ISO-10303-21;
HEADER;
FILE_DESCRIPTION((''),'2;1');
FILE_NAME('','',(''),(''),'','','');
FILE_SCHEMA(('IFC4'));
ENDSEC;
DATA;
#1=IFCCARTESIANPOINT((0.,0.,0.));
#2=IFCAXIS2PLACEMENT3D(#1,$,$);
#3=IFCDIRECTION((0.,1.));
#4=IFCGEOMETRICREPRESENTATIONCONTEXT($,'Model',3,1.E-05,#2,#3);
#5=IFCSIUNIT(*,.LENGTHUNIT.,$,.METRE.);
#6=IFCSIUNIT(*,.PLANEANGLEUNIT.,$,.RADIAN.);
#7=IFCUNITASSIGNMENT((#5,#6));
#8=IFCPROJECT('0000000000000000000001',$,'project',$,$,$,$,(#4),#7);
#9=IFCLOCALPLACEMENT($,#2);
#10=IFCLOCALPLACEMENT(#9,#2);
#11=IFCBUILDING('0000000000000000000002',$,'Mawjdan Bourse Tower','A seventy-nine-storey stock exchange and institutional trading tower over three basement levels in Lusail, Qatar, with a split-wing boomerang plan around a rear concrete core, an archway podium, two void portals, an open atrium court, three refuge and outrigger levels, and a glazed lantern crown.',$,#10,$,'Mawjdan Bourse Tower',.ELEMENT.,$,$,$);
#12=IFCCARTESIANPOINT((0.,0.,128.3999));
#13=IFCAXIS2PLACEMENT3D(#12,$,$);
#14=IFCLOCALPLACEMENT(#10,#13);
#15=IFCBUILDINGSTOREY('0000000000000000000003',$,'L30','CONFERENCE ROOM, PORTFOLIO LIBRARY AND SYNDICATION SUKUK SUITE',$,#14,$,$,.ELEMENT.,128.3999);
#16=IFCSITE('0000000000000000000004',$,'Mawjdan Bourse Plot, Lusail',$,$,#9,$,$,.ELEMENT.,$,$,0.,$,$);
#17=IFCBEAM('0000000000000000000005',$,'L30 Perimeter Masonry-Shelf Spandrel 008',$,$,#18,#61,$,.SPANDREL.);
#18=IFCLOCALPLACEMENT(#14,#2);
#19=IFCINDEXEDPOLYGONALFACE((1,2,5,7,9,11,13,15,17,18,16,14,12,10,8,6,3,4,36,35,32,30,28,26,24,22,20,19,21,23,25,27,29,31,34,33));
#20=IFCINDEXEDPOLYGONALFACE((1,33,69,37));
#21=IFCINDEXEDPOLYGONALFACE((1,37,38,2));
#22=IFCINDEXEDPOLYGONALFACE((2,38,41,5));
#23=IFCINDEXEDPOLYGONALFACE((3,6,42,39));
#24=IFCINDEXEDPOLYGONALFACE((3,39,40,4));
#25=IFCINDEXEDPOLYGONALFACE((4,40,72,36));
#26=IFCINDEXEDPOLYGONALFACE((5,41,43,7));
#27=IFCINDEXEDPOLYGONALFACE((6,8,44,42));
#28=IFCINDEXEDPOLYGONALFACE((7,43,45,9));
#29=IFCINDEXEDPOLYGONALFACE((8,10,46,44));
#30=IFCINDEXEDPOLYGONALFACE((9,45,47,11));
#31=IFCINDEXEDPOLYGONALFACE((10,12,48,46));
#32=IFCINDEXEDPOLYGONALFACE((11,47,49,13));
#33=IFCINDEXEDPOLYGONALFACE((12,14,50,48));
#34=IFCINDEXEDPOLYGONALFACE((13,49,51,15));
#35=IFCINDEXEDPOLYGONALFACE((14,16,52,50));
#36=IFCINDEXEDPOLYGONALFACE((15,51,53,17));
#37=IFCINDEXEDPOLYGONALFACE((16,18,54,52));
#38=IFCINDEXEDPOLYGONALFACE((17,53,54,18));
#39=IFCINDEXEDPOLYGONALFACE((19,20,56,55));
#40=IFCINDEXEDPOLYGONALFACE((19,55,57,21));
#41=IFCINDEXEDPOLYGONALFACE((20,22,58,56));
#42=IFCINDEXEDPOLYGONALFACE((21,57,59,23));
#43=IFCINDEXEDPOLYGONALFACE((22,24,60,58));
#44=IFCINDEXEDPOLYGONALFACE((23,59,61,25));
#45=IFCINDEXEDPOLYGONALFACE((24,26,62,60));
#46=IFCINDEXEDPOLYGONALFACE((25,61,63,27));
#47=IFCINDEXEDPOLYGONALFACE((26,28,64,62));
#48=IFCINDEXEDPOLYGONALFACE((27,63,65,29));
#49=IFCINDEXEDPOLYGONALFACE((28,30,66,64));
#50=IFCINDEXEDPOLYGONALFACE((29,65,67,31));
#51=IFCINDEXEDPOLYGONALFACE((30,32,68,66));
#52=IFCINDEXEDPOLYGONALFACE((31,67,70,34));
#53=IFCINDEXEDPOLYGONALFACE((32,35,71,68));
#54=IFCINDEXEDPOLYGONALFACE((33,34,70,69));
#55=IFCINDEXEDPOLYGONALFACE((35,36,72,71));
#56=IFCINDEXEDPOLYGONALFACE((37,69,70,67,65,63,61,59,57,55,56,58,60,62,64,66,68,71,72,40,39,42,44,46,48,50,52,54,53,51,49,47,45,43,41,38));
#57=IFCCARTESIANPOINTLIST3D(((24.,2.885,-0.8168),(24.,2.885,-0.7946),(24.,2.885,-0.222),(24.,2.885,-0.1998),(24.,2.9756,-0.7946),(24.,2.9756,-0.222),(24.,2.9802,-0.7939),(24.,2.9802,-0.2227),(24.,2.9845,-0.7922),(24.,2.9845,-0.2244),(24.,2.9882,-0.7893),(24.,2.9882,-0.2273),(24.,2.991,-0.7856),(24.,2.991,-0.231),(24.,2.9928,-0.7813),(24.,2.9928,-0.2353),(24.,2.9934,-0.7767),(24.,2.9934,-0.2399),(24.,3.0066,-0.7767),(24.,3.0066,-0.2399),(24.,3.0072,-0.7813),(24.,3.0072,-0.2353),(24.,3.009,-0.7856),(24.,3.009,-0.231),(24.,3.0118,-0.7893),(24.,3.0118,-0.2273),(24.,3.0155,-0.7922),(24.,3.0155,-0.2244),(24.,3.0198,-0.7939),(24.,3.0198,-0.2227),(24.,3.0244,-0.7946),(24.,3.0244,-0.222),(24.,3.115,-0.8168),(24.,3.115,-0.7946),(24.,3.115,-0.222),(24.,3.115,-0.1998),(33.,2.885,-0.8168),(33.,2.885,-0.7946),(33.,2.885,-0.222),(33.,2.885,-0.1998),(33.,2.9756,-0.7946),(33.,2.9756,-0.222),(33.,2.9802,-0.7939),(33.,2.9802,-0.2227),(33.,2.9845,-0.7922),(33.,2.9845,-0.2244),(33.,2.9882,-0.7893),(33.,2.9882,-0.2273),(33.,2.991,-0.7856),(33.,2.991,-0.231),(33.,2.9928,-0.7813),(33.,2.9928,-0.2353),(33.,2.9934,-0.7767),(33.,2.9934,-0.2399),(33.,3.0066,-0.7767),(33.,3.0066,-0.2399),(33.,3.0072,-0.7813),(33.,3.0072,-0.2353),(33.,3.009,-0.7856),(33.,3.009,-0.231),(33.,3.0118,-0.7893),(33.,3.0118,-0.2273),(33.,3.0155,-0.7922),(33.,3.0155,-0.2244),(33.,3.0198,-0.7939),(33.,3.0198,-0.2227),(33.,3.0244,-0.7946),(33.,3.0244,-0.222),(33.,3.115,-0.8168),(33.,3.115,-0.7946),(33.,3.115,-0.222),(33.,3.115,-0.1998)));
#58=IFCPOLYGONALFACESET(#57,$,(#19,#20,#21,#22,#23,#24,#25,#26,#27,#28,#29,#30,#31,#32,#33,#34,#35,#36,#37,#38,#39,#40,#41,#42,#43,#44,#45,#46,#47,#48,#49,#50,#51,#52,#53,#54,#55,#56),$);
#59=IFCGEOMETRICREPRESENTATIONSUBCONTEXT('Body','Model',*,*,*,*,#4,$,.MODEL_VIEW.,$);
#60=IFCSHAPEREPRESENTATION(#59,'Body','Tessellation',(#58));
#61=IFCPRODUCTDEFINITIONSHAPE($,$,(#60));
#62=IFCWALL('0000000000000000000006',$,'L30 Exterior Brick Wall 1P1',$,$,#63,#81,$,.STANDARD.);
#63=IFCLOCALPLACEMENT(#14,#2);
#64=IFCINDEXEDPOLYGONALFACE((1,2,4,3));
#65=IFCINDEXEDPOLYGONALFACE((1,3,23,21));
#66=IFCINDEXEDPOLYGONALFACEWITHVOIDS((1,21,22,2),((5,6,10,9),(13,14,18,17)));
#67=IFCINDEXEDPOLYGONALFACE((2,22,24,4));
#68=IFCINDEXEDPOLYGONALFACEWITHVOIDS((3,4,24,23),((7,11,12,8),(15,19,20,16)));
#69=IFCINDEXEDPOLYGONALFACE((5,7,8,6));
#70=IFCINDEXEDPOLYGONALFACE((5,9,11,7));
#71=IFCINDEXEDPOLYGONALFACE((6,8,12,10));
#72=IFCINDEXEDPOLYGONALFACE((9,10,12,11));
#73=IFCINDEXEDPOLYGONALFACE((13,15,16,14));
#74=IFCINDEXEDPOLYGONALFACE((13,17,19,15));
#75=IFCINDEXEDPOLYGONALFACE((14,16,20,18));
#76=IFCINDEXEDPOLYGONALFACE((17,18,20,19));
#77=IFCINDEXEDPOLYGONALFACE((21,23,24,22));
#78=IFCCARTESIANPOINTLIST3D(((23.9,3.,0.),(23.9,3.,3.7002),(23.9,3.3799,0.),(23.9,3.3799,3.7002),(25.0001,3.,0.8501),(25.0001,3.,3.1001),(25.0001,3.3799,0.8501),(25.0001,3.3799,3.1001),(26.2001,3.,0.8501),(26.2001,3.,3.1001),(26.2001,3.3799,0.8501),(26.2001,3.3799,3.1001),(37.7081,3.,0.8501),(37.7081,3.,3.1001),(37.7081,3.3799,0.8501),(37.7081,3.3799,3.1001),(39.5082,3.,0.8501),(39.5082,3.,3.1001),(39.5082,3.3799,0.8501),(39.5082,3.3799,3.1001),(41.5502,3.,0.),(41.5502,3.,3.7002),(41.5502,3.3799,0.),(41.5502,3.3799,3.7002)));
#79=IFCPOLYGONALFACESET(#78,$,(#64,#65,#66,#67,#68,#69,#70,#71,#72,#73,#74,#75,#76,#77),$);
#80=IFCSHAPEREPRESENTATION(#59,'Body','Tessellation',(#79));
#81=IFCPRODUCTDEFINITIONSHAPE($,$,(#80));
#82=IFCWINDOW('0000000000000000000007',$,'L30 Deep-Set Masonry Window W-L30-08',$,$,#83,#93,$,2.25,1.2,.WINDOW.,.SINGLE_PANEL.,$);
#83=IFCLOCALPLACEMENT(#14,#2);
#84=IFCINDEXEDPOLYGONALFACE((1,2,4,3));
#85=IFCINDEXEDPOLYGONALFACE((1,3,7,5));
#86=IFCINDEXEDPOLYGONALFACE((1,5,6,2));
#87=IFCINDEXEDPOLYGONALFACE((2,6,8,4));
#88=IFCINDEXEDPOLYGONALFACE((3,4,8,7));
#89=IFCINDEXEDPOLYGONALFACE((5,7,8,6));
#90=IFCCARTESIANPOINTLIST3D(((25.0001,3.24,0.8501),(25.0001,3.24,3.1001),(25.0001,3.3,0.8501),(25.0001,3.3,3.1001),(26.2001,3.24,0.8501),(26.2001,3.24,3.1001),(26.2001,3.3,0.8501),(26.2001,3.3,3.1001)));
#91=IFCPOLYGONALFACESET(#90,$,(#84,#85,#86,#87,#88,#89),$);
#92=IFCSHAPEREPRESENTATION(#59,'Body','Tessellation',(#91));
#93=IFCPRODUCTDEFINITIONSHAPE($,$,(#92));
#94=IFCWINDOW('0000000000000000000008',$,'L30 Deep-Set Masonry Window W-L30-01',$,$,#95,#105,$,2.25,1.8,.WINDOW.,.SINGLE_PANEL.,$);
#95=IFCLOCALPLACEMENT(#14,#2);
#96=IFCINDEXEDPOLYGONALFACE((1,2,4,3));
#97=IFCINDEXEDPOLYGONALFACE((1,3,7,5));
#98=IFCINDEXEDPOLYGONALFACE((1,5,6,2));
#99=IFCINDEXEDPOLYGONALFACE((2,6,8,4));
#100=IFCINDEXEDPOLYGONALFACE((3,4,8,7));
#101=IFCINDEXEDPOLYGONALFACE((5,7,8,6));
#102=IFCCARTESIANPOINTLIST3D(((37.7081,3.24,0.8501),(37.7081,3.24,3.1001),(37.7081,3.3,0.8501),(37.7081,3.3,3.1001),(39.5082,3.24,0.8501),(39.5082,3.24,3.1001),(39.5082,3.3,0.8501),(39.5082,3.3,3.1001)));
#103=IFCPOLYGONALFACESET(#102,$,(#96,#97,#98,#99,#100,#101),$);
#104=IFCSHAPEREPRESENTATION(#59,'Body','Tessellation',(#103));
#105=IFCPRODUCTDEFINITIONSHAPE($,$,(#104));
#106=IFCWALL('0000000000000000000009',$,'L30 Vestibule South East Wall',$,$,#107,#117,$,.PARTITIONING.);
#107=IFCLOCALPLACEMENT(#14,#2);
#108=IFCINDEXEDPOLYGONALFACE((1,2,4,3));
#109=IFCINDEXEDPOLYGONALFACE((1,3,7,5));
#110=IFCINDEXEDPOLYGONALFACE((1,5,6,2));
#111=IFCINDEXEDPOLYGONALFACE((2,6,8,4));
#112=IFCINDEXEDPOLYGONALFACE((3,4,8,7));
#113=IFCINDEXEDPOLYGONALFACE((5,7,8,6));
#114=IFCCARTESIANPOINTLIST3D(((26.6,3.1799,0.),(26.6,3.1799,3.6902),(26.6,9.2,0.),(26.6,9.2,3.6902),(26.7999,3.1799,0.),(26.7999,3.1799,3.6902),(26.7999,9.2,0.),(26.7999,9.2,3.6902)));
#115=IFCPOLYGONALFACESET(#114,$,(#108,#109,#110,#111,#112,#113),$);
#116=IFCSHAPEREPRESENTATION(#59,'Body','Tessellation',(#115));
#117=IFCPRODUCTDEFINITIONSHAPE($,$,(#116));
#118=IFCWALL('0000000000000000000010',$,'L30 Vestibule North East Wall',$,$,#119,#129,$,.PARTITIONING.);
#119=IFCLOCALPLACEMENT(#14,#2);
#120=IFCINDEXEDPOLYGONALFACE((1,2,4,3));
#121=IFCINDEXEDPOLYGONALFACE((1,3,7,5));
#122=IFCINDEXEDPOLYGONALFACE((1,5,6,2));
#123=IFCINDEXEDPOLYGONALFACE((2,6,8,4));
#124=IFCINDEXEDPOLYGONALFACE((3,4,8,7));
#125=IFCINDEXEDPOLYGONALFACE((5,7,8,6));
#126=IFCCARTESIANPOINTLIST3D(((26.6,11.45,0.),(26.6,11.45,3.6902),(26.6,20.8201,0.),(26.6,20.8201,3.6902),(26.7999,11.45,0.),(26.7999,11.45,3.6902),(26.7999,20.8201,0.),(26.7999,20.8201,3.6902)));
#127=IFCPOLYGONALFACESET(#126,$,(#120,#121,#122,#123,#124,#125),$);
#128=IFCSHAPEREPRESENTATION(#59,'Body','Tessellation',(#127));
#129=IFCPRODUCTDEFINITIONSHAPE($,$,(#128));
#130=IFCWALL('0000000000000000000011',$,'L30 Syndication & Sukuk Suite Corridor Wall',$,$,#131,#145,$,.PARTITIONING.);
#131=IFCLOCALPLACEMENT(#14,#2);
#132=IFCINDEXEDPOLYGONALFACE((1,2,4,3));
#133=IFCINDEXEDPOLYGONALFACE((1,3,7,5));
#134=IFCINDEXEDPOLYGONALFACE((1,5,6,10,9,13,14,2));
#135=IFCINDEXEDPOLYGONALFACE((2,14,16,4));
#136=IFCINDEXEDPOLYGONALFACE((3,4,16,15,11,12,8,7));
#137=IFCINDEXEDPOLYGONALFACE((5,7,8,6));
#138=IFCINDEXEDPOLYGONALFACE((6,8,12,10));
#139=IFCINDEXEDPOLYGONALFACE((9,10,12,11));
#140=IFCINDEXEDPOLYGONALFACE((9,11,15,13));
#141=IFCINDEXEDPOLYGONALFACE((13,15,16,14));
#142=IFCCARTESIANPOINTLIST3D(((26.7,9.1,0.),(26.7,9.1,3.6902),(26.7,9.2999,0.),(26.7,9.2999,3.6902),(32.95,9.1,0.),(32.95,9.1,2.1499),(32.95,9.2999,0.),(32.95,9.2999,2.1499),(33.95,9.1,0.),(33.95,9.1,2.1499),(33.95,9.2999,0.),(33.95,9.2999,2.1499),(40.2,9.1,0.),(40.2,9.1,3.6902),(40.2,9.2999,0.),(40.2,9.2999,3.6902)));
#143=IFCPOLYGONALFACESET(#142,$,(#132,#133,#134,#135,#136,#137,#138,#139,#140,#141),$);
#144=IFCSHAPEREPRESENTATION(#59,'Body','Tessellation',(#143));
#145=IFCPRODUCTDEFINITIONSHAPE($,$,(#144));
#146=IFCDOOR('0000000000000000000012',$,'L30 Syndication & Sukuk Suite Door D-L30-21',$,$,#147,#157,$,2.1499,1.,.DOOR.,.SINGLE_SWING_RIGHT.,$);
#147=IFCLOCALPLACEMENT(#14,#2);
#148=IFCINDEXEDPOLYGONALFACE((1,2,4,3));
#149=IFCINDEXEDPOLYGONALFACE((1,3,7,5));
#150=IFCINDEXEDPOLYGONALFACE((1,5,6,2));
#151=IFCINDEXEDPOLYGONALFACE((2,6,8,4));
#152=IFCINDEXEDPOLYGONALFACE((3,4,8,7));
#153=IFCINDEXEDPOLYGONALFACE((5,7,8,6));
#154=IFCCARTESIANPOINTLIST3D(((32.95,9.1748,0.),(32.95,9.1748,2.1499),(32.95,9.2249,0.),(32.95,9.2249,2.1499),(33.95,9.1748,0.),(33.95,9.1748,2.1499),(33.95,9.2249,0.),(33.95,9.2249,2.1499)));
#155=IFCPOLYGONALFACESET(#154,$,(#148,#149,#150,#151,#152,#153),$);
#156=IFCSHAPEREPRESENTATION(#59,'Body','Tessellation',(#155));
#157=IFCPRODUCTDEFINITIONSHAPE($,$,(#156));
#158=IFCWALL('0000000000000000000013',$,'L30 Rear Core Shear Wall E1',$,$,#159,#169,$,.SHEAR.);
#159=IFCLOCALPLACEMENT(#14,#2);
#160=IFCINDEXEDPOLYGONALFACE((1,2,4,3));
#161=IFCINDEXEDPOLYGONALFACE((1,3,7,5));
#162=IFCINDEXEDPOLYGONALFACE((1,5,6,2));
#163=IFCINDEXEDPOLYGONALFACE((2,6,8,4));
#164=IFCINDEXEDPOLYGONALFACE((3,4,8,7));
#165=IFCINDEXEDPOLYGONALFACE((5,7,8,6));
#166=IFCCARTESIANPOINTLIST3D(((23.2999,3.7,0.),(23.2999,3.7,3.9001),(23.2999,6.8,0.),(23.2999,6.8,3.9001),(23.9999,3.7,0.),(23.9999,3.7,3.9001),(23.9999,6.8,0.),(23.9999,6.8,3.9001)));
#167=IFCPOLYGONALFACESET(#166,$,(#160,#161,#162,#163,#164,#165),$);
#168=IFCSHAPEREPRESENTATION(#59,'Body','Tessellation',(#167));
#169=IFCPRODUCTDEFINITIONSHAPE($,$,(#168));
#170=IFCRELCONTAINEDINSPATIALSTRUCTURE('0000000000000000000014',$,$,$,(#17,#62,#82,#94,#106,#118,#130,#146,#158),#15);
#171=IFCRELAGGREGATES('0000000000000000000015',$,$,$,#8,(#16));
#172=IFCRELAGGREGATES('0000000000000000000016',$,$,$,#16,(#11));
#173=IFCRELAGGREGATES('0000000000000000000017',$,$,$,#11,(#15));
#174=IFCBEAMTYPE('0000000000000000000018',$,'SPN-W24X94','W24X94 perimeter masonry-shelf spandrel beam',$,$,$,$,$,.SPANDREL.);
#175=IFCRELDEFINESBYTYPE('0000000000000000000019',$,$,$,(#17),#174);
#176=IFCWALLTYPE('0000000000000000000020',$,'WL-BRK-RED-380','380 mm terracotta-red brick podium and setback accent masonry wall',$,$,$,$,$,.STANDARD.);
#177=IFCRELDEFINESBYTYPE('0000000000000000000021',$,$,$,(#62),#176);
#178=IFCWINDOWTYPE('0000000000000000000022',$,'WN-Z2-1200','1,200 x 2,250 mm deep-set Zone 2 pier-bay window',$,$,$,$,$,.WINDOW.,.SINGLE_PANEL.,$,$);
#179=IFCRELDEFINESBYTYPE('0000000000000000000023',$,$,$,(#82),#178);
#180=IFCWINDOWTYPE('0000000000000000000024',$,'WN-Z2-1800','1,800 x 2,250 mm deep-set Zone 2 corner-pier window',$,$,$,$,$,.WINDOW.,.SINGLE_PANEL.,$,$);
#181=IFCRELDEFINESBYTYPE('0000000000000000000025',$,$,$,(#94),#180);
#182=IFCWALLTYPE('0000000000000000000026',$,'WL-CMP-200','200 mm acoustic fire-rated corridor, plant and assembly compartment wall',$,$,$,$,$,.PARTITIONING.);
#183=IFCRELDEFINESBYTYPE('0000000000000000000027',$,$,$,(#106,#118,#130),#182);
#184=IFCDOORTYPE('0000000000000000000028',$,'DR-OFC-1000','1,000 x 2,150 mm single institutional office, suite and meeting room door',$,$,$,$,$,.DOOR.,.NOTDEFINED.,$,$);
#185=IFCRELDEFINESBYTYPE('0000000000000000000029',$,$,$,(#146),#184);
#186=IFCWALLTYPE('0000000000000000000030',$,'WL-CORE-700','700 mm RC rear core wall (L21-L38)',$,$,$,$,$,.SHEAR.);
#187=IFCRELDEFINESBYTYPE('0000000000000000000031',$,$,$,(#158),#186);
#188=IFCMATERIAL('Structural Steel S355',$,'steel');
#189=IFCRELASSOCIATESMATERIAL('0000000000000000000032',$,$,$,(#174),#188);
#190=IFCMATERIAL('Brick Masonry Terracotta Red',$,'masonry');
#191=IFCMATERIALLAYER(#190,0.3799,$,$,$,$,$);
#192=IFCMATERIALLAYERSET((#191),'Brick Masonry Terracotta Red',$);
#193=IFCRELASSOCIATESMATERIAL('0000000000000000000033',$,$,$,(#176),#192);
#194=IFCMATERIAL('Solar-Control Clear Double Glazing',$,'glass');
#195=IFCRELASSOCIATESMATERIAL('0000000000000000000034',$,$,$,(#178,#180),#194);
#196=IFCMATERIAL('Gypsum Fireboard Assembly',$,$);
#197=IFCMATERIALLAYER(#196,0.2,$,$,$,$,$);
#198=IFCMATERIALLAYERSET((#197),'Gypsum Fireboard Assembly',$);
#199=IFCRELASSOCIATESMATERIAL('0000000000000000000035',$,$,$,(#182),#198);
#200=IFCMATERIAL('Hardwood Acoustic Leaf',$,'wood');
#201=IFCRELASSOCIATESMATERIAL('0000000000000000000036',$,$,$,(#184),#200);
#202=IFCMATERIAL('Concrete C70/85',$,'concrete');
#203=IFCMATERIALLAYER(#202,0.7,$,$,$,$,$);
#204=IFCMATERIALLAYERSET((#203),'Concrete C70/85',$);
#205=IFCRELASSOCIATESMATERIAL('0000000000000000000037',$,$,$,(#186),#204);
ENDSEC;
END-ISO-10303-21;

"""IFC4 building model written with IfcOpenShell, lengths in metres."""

from ifc_helpers import new_model, si_unit, direction, frame, frame_2d, origin, origin_2d, place, context, subcontext, project, spatial, rectangle, i_section, extrude, material, layer, layer_set, material_profile, profile_set, type_object, element, fill, save


model = new_model("IFC4")

# Units and contexts
model_context = context("Model", 3, precision=1e-05, world=origin(), true_north=direction((0.0, 1.0)))
body_context = subcontext(model_context, "Body", "Model", "MODEL_VIEW")
ifc_project = project(units=[si_unit("LENGTHUNIT", "METRE"), si_unit("PLANEANGLEUNIT", "RADIAN")], contexts=[model_context])

# Site, building, storey
site_placement = place(None, origin())
site = spatial("IfcSite", under=ifc_project, at=site_placement, Name="Mawjdan Bourse Plot, Lusail", CompositionType="ELEMENT", RefElevation=0.0)
building_placement = place(site_placement, origin())
building = spatial("IfcBuilding", under=site, at=building_placement, Name="Mawjdan Bourse Tower", Description="A seventy-nine-storey stock exchange and institutional trading tower over three basement levels in Lusail, Qatar, with a split-wing boomerang plan around a rear concrete core, an archway podium, two void portals, an open atrium court, three refuge and outrigger levels, and a glazed lantern crown.", LongName="Mawjdan Bourse Tower", CompositionType="ELEMENT")
storey_placement = place(building_placement, frame((0.0, 0.0, 128.3999)))
storey = spatial("IfcBuildingStorey", under=building, at=storey_placement, Name="L30", Description="CONFERENCE ROOM, PORTFOLIO LIBRARY AND SYNDICATION SUKUK SUITE", CompositionType="ELEMENT", Elevation=128.3999)

# Shared definitions
ifc_material_1 = material(Name="Concrete C70/85", Category="concrete")

# Beam
ifc_material_2 = material(Name="Structural Steel S355", Category="steel")
ifc_material_profile_1 = material_profile(ifc_material_2, i_section(OverallWidth=0.23, OverallDepth=0.6169, WebThickness=0.0132, FlangeThickness=0.0222, FilletRadius=0.0178, at=origin_2d()), Name="W24X94")
ifc_profile_set_1 = profile_set([ifc_material_profile_1], Name="Structural Steel S355")
beam_type_1 = type_object("IfcBeamType", Name="SPN-W24X94", Description="W24X94 perimeter masonry-shelf spandrel beam", PredefinedType="SPANDREL", material=ifc_profile_set_1)
beam_1_placement = place(storey_placement, frame((24.0, 3.0, -0.5083), z_axis=(1.0, 0.0, 0.0), x_axis=(0.0, 1.0, 0.0)))
element("IfcBeam", 1, at=beam_1_placement, inside=storey, type_object=beam_type_1, Name="L30 Perimeter Masonry-Shelf Spandrel 008", PredefinedType="SPANDREL", context=body_context, shape_type="SweptSolid", body=[
    extrude(i_section(OverallWidth=0.23, OverallDepth=0.6169, WebThickness=0.0132, FlangeThickness=0.0222, FilletRadius=0.0178, at=origin_2d()), origin(), (0.0, 0.0, 1.0), 9.0),
])

# Wall, openings, windows
ifc_material_3 = material(Name="Brick Masonry Terracotta Red", Category="masonry")
ifc_layer_1 = layer(ifc_material_3, 0.3799)
ifc_layer_set_1 = layer_set([ifc_layer_1], Name="Brick Masonry Terracotta Red")
wall_type_1 = type_object("IfcWallType", Name="WL-BRK-RED-380", Description="380 mm terracotta-red brick podium and setback accent masonry wall", PredefinedType="STANDARD", material=ifc_layer_set_1)
wall_1_placement = place(storey_placement, frame((23.8999, 3.1899, 0.0), z_axis=(0.0, 0.0, 1.0), x_axis=(1.0, 0.0, 0.0)))
wall_1 = element("IfcWall", 2, at=wall_1_placement, inside=storey, type_object=wall_type_1, Name="L30 Exterior Brick Wall 1P1", PredefinedType="STANDARD", context=body_context, shape_type="SweptSolid", body=[
    extrude(rectangle(XDim=17.6501, YDim=0.3799, at=frame_2d((8.8252, 0.0))), origin(), (0.0, 0.0, 1.0), 3.7002),
])
opening_1_placement = place(wall_1_placement, frame((13.8083, 0.0, 0.8501)))
opening_1 = element("IfcOpeningElement", 3, at=opening_1_placement, cuts=wall_1, PredefinedType="OPENING", context=body_context, shape_type="SweptSolid", body=[
    extrude(rectangle(XDim=1.8, YDim=2.25, at=frame_2d((0.8999, 1.125))), frame((0.0, 0.2, 0.0), z_axis=(0.0, -1.0, 0.0), x_axis=(1.0, 0.0, 0.0)), (0.0, 0.0, 1.0), 0.3999),
])
opening_2_placement = place(wall_1_placement, frame((1.1001, 0.0, 0.8501)))
opening_2 = element("IfcOpeningElement", 4, at=opening_2_placement, cuts=wall_1, PredefinedType="OPENING", context=body_context, shape_type="SweptSolid", body=[
    extrude(rectangle(XDim=1.2, YDim=2.25, at=frame_2d((0.6001, 1.125))), frame((0.0, 0.2, 0.0), z_axis=(0.0, -1.0, 0.0), x_axis=(1.0, 0.0, 0.0)), (0.0, 0.0, 1.0), 0.3999),
])
ifc_material_4 = material(Name="Solar-Control Clear Double Glazing", Category="glass")
window_type_1 = type_object("IfcWindowType", Name="WN-Z2-1200", Description="1,200 x 2,250 mm deep-set Zone 2 pier-bay window", PartitioningType="SINGLE_PANEL", PredefinedType="WINDOW", material=ifc_material_4)
window_1_placement = place(opening_2_placement, origin())
window_1 = element("IfcWindow", 5, at=window_1_placement, inside=storey, type_object=window_type_1, Name="L30 Deep-Set Masonry Window W-L30-08", OverallHeight=2.25, OverallWidth=1.2, PartitioningType="SINGLE_PANEL", PredefinedType="WINDOW", context=body_context, shape_type="SweptSolid", body=[
    extrude(rectangle(XDim=1.2, YDim=2.25, at=frame_2d((0.6001, 1.125))), frame((0.0, 0.1101, 0.0), z_axis=(0.0, -1.0, 0.0), x_axis=(1.0, 0.0, 0.0)), (0.0, 0.0, 1.0), 0.0601),
])
fill(opening_2, window_1)
window_type_2 = type_object("IfcWindowType", Name="WN-Z2-1800", Description="1,800 x 2,250 mm deep-set Zone 2 corner-pier window", PartitioningType="SINGLE_PANEL", PredefinedType="WINDOW", material=ifc_material_4)
window_2_placement = place(opening_1_placement, origin())
window_2 = element("IfcWindow", 6, at=window_2_placement, inside=storey, type_object=window_type_2, Name="L30 Deep-Set Masonry Window W-L30-01", OverallHeight=2.25, OverallWidth=1.8, PartitioningType="SINGLE_PANEL", PredefinedType="WINDOW", context=body_context, shape_type="SweptSolid", body=[
    extrude(rectangle(XDim=1.8, YDim=2.25, at=frame_2d((0.8999, 1.125))), frame((0.0, 0.1101, 0.0), z_axis=(0.0, -1.0, 0.0), x_axis=(1.0, 0.0, 0.0)), (0.0, 0.0, 1.0), 0.0601),
])
fill(opening_1, window_2)

# Shared definitions
ifc_material_5 = material(Name="Gypsum Fireboard Assembly")
ifc_layer_2 = layer(ifc_material_5, 0.2)
ifc_layer_set_2 = layer_set([ifc_layer_2], Name="Gypsum Fireboard Assembly")
wall_type_2 = type_object("IfcWallType", Name="WL-CMP-200", Description="200 mm acoustic fire-rated corridor, plant and assembly compartment wall", PredefinedType="PARTITIONING", material=ifc_layer_set_2)
ifc_material_6 = material(Name="Hardwood Acoustic Leaf", Category="wood")
door_type_1 = type_object("IfcDoorType", Name="DR-OFC-1000", Description="1,000 x 2,150 mm single institutional office, suite and meeting room door", OperationType="NOTDEFINED", PredefinedType="DOOR", material=ifc_material_6)

# Walls
wall_2_placement = place(storey_placement, frame((26.7, 3.1799, 0.0), z_axis=(0.0, 0.0, 1.0), x_axis=(0.0, 1.0, 0.0)))
element("IfcWall", 7, at=wall_2_placement, inside=storey, type_object=wall_type_2, Name="L30 Vestibule South East Wall", PredefinedType="PARTITIONING", context=body_context, shape_type="SweptSolid", body=[
    extrude(rectangle(XDim=6.02, YDim=0.2, at=frame_2d((3.01, 0.0))), origin(), (0.0, 0.0, 1.0), 3.6902),
])
wall_3_placement = place(storey_placement, frame((26.7, 11.45, 0.0), z_axis=(0.0, 0.0, 1.0), x_axis=(0.0, 1.0, 0.0)))
element("IfcWall", 8, at=wall_3_placement, inside=storey, type_object=wall_type_2, Name="L30 Vestibule North East Wall", PredefinedType="PARTITIONING", context=body_context, shape_type="SweptSolid", body=[
    extrude(rectangle(XDim=9.3701, YDim=0.2, at=frame_2d((4.6851, 0.0))), origin(), (0.0, 0.0, 1.0), 3.6902),
])

# Wall, opening, door
wall_4_placement = place(storey_placement, frame((26.7, 9.2, 0.0), z_axis=(0.0, 0.0, 1.0), x_axis=(1.0, 0.0, 0.0)))
wall_4 = element("IfcWall", 9, at=wall_4_placement, inside=storey, type_object=wall_type_2, Name="L30 Syndication & Sukuk Suite Corridor Wall", PredefinedType="PARTITIONING", context=body_context, shape_type="SweptSolid", body=[
    extrude(rectangle(XDim=13.5, YDim=0.2, at=frame_2d((6.75, 0.0))), origin(), (0.0, 0.0, 1.0), 3.6902),
])
opening_3_placement = place(wall_4_placement, frame((6.25, 0.0, 0.0)))
opening_3 = element("IfcOpeningElement", 10, at=opening_3_placement, cuts=wall_4, PredefinedType="OPENING", context=body_context, shape_type="SweptSolid", body=[
    extrude(rectangle(XDim=1.0, YDim=2.1499, at=frame_2d((0.5, 1.075))), frame((0.0, 0.1099, 0.0), z_axis=(0.0, -1.0, 0.0), x_axis=(1.0, 0.0, 0.0)), (0.0, 0.0, 1.0), 0.22),
])
door_1_placement = place(opening_3_placement, origin())
door_1 = element("IfcDoor", 11, at=door_1_placement, inside=storey, type_object=door_type_1, Name="L30 Syndication & Sukuk Suite Door D-L30-21", OperationType="SINGLE_SWING_RIGHT", OverallHeight=2.1499, OverallWidth=1.0, PredefinedType="DOOR", context=body_context, shape_type="SweptSolid", body=[
    extrude(rectangle(XDim=1.0, YDim=2.1499, at=frame_2d((0.5, 1.075))), frame((0.0, 0.0249, 0.0), z_axis=(0.0, -1.0, 0.0), x_axis=(1.0, 0.0, 0.0)), (0.0, 0.0, 1.0), 0.05),
])
fill(opening_3, door_1)

# Wall
ifc_layer_3 = layer(ifc_material_1, 0.7)
ifc_layer_set_3 = layer_set([ifc_layer_3], Name="Concrete C70/85")
wall_type_3 = type_object("IfcWallType", Name="WL-CORE-700", Description="700 mm RC rear core wall (L21-L38)", PredefinedType="SHEAR", material=ifc_layer_set_3)
wall_5_placement = place(storey_placement, frame((23.6499, 3.7, 0.0), z_axis=(0.0, 0.0, 1.0), x_axis=(0.0, 1.0, 0.0)))
element("IfcWall", 12, at=wall_5_placement, inside=storey, type_object=wall_type_3, Name="L30 Rear Core Shear Wall E1", PredefinedType="SHEAR", context=body_context, shape_type="SweptSolid", body=[
    extrude(rectangle(XDim=3.1001, YDim=0.7, at=frame_2d((1.55, 0.0))), origin(), (0.0, 0.0, 1.0), 3.9001),
])

save(model, "model.ifc")
